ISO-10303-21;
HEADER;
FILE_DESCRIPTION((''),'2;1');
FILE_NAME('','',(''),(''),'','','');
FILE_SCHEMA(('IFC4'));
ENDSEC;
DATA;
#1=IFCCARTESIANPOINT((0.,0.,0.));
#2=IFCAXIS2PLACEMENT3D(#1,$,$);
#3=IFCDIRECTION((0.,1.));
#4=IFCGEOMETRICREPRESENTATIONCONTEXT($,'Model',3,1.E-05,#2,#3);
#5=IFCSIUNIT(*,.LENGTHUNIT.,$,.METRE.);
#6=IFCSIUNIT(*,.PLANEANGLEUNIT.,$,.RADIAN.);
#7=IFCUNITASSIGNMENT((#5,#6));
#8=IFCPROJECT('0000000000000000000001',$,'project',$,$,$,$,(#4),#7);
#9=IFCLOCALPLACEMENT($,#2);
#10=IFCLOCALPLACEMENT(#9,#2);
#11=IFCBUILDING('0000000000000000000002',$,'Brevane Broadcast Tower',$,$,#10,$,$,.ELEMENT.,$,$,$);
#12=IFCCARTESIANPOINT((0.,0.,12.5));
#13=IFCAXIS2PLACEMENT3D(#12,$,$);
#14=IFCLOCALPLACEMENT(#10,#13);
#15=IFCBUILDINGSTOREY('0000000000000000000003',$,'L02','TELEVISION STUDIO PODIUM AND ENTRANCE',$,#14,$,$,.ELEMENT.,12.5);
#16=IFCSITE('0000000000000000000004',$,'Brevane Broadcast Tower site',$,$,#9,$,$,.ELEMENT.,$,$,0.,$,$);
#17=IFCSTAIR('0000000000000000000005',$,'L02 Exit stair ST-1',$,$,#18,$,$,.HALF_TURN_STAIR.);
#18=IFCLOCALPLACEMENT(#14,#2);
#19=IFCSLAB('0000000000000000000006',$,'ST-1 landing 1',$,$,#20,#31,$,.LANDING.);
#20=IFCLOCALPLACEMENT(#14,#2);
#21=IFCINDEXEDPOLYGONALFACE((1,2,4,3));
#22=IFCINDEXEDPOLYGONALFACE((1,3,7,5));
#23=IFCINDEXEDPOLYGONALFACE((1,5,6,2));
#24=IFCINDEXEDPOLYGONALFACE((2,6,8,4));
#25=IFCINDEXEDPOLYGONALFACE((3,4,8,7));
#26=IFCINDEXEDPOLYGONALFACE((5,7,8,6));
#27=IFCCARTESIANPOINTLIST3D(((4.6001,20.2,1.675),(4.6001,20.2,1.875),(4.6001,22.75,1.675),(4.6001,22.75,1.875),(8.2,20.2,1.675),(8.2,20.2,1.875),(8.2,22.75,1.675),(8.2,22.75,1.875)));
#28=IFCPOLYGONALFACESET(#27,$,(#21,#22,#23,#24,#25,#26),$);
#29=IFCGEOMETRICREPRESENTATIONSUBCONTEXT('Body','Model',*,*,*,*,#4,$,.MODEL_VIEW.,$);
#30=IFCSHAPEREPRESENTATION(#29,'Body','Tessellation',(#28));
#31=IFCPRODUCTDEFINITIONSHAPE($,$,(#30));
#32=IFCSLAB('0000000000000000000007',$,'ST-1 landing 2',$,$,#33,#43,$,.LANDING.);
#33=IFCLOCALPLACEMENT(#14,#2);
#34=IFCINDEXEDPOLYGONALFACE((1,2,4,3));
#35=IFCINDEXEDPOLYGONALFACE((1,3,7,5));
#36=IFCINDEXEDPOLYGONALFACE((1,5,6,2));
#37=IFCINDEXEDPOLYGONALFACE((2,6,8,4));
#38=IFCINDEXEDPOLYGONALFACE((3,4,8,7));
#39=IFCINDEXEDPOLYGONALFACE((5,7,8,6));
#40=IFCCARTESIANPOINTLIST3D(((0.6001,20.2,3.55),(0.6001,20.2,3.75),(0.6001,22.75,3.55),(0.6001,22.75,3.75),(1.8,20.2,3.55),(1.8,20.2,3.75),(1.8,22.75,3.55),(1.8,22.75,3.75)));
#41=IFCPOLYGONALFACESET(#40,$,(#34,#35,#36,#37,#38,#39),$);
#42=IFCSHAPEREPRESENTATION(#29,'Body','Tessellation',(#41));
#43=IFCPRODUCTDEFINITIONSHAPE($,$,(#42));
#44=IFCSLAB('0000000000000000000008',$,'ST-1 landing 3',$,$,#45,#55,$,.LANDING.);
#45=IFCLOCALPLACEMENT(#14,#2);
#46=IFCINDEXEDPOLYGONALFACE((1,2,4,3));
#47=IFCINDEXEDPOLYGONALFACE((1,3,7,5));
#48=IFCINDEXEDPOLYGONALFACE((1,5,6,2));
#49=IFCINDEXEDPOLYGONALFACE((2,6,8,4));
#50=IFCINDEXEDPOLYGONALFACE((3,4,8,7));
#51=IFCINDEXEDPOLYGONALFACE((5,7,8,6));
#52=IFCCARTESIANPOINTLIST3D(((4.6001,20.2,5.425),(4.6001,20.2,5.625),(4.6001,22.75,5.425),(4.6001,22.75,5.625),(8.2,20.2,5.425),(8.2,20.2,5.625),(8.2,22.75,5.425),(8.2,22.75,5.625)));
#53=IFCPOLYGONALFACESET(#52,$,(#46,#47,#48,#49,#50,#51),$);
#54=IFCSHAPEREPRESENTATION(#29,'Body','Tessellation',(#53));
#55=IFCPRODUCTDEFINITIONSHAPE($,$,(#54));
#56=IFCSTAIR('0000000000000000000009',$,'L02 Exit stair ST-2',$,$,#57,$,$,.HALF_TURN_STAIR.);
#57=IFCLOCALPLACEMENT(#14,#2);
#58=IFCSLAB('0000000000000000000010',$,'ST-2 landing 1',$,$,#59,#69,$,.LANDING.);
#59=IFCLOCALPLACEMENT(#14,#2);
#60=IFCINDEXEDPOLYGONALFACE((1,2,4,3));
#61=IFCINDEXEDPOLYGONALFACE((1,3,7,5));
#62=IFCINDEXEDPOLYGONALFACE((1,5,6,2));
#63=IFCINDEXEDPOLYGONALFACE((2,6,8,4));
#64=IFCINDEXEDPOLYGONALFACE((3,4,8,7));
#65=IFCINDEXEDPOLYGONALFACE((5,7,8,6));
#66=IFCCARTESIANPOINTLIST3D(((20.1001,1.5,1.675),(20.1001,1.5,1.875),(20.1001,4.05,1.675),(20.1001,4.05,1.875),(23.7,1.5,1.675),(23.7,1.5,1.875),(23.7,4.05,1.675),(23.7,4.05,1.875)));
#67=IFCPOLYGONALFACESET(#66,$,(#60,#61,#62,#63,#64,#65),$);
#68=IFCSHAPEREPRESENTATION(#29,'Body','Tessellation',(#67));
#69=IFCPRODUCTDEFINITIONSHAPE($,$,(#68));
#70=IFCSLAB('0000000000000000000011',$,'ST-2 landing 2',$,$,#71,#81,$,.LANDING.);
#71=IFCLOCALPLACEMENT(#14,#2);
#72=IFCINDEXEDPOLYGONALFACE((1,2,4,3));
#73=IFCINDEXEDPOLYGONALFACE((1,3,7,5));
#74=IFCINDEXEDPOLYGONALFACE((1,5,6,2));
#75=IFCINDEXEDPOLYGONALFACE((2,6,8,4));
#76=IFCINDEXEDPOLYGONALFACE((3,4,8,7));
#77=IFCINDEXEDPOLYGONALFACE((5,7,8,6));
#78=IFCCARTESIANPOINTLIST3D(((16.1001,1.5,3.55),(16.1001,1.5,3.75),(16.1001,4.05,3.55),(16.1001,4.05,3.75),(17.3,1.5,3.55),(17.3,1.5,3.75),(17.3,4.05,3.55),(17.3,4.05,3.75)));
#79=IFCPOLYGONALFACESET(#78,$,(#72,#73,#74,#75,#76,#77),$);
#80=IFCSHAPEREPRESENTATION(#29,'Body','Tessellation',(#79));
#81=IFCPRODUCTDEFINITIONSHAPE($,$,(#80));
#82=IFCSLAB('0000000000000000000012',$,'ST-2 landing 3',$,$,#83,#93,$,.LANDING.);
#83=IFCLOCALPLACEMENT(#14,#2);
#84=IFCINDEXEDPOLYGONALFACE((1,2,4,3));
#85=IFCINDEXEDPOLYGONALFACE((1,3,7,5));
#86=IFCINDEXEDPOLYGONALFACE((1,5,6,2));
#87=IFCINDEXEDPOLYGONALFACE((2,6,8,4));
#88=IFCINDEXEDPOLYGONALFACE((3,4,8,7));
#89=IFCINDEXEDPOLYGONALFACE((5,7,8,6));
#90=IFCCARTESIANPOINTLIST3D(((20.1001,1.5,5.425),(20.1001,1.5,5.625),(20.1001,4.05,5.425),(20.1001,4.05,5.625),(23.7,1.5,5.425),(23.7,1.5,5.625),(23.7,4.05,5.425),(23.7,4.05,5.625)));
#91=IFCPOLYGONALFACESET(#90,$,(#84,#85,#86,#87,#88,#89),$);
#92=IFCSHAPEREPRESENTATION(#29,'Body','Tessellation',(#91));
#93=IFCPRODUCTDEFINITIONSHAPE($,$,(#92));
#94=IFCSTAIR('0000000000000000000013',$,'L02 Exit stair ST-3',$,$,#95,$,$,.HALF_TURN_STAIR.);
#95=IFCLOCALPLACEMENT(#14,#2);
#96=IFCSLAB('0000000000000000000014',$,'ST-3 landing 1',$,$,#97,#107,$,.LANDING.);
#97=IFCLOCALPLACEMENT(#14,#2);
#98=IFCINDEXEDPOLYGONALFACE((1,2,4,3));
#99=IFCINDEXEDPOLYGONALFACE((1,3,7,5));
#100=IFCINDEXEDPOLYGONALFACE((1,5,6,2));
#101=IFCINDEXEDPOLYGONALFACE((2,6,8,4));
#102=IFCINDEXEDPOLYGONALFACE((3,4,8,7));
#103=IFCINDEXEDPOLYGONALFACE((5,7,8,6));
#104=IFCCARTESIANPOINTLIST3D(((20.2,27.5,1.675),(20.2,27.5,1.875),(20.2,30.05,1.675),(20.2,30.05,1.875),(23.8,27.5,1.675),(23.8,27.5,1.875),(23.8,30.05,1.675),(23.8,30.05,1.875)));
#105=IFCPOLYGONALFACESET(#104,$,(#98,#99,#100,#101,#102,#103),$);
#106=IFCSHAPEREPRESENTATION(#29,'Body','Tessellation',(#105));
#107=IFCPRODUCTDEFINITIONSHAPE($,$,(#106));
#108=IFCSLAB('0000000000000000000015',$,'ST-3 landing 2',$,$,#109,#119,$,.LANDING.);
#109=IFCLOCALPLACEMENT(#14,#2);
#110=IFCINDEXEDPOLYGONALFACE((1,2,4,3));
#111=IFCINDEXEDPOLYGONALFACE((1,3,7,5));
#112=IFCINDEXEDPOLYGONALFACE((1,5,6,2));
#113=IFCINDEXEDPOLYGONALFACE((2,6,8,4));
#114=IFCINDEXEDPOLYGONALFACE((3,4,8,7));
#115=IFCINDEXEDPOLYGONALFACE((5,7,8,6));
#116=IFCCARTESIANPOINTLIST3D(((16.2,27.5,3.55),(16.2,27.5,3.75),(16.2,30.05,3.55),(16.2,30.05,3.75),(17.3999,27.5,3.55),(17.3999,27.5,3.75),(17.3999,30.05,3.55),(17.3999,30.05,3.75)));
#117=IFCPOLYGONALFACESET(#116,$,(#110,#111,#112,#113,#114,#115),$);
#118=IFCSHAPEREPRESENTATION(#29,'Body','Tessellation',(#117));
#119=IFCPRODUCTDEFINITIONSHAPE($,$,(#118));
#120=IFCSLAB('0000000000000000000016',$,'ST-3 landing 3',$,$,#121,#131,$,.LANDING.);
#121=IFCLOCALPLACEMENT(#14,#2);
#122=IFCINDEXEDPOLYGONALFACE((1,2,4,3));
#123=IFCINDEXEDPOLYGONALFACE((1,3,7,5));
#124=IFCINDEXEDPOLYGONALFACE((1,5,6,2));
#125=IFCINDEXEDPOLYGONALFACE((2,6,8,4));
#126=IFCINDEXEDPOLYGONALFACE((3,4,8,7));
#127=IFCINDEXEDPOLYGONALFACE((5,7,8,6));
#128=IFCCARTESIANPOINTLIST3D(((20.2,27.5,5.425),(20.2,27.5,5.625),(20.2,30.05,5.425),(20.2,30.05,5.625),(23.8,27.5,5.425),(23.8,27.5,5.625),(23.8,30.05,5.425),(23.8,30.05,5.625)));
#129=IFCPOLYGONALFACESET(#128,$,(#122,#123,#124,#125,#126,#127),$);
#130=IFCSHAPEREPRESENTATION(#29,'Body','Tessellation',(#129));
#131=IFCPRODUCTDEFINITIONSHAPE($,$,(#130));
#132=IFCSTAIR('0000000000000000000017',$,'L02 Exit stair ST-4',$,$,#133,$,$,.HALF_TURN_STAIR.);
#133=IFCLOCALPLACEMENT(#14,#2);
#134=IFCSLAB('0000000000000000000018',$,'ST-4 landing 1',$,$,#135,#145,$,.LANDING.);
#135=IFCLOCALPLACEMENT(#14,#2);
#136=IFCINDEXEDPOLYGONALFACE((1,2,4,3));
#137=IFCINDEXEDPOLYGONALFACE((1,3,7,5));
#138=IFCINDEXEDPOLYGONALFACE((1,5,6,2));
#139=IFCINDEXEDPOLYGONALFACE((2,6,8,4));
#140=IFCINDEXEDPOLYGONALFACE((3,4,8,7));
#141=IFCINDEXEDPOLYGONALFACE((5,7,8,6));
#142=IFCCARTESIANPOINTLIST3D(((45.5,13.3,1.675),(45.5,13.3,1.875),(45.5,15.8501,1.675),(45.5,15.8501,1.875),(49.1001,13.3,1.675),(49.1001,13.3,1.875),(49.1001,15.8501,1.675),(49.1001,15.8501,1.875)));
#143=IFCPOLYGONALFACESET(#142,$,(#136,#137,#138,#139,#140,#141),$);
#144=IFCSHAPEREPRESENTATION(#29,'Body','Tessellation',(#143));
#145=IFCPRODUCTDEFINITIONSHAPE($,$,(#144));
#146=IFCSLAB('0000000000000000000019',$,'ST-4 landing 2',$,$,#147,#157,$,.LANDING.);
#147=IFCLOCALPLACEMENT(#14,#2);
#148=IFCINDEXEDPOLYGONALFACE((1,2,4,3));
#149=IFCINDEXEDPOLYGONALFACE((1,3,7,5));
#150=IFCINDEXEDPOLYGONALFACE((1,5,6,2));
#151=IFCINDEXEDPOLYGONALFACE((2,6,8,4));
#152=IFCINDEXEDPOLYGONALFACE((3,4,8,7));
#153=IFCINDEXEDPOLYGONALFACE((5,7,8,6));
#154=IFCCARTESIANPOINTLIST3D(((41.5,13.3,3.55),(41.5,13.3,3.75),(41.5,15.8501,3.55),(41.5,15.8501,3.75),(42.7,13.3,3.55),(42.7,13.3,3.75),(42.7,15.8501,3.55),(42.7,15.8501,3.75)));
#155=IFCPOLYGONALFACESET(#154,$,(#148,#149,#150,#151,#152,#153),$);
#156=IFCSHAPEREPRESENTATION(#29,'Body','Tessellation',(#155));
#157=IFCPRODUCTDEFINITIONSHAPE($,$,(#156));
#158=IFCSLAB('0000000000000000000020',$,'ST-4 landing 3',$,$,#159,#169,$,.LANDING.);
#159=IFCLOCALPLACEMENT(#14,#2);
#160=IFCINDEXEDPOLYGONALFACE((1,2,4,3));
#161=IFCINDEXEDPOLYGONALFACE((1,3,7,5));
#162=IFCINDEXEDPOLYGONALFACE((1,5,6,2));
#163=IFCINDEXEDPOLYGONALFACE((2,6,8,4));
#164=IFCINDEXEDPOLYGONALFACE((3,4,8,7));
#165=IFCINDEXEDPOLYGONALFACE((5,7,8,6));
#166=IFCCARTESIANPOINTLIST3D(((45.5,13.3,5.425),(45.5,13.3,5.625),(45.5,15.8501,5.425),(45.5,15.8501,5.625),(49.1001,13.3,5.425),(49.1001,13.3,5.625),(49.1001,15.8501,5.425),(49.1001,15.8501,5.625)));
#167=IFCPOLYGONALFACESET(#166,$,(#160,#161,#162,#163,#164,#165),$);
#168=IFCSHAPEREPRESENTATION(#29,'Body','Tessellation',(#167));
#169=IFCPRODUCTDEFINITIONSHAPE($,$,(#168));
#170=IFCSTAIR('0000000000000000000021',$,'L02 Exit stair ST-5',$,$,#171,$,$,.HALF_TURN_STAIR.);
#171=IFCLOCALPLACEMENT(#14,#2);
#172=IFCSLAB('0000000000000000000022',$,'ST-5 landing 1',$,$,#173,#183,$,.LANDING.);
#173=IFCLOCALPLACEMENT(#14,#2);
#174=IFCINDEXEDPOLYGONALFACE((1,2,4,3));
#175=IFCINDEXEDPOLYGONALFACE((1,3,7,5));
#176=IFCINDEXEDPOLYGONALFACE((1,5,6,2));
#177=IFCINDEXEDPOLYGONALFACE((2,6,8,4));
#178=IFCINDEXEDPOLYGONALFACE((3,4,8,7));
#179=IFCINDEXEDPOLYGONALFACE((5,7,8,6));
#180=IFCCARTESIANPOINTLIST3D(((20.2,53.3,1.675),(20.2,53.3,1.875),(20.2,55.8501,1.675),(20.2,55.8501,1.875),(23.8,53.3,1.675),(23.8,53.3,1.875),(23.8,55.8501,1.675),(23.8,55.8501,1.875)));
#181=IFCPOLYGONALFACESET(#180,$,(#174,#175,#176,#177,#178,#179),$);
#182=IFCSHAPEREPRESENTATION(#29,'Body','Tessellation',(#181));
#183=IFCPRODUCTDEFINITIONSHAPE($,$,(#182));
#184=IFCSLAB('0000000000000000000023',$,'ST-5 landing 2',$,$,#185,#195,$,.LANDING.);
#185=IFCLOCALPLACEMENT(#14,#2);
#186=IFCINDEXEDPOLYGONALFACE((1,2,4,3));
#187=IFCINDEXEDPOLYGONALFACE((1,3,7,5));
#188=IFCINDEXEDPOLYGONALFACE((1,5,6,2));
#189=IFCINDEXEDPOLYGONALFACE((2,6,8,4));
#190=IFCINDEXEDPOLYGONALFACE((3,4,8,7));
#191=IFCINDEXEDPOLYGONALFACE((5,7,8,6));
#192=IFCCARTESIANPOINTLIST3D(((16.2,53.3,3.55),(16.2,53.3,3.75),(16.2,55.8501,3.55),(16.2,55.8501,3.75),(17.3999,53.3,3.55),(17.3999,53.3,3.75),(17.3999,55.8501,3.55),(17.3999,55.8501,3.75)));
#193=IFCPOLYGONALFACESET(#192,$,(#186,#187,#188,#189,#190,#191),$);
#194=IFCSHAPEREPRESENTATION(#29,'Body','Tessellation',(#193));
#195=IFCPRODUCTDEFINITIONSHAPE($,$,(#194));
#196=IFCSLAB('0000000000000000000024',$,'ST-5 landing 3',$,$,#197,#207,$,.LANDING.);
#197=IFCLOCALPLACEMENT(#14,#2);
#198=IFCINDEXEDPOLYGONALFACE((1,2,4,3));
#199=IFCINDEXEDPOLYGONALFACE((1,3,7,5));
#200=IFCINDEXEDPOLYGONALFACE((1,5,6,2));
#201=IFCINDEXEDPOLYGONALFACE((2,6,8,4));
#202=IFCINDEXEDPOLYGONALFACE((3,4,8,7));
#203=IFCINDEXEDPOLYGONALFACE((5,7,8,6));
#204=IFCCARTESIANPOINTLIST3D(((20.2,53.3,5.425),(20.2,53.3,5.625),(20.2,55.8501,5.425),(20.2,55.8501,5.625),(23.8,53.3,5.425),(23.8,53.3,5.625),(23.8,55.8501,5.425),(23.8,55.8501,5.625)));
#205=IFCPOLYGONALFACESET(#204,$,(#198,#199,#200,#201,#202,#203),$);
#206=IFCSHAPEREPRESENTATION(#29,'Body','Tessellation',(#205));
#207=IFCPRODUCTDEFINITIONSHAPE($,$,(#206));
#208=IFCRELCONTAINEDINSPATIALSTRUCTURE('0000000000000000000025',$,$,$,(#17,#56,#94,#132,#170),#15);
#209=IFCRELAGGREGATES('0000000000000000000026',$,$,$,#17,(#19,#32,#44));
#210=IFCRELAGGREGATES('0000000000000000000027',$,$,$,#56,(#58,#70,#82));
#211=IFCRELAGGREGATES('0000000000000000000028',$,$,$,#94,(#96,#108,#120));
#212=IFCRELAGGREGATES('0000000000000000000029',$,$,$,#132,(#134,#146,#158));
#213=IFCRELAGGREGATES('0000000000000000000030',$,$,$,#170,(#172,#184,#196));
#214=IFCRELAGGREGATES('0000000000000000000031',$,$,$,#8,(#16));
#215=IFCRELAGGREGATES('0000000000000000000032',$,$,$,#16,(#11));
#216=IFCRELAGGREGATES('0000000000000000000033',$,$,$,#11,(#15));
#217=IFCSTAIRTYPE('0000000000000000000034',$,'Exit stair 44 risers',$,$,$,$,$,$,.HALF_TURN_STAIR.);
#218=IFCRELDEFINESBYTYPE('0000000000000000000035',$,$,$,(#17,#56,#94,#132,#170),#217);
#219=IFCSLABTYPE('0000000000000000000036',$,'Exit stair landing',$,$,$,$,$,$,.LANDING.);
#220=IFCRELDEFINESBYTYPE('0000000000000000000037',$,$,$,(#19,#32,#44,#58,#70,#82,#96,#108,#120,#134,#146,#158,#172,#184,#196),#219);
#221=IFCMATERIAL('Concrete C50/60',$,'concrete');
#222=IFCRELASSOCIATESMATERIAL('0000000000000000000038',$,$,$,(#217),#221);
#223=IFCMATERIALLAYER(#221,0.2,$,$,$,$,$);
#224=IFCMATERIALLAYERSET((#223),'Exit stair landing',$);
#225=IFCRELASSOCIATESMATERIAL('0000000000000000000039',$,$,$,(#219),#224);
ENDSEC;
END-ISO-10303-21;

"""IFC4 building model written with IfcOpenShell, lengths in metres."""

from ifc_helpers import new_model, si_unit, direction, frame, origin, place, context, subcontext, project, spatial, polyline, outline, extrude, material, layer, layer_set, type_object, element, aggregate, save


model = new_model("IFC4")

# Units and contexts
model_context = context("Model", 3, precision=1e-05, world=origin(), true_north=direction((0.0, 1.0)))
body_context = subcontext(model_context, "Body", "Model", "MODEL_VIEW")
ifc_project = project(units=[si_unit("LENGTHUNIT", "METRE"), si_unit("PLANEANGLEUNIT", "RADIAN")], contexts=[model_context])

# Site, building, storey
site_placement = place(None, origin())
site = spatial("IfcSite", under=ifc_project, at=site_placement, Name="Brevane Broadcast Tower site", CompositionType="ELEMENT", RefElevation=0.0)
building_placement = place(site_placement, origin())
building = spatial("IfcBuilding", under=site, at=building_placement, Name="Brevane Broadcast Tower", CompositionType="ELEMENT")
storey_placement = place(building_placement, frame((0.0, 0.0, 12.5)))
storey = spatial("IfcBuildingStorey", under=building, at=storey_placement, Name="L02", Description="TELEVISION STUDIO PODIUM AND ENTRANCE", CompositionType="ELEMENT", Elevation=12.5)

# Stairs, slabs
ifc_material_1 = material(Name="Concrete C50/60", Category="concrete")
stair_type = type_object("IfcStairType", Name="Exit stair 44 risers", PredefinedType="HALF_TURN_STAIR", material=ifc_material_1)
stair_1_placement = place(storey_placement, origin())
stair_1 = element("IfcStair", 1, at=stair_1_placement, inside=storey, type_object=stair_type, Name="L02 Exit stair ST-1", PredefinedType="HALF_TURN_STAIR")
ifc_layer_1 = layer(ifc_material_1, 0.2)
ifc_layer_set_1 = layer_set([ifc_layer_1], Name="Exit stair landing")
slab_type_1 = type_object("IfcSlabType", Name="Exit stair landing", PredefinedType="LANDING", material=ifc_layer_set_1)
slab_1_placement = place(storey_placement, frame((0.0, 0.0, 1.675)))
slab_1 = element("IfcSlab", 2, at=slab_1_placement, type_object=slab_type_1, Name="ST-1 landing 1", PredefinedType="LANDING", context=body_context, shape_type="SweptSolid", body=[
    extrude(outline(polyline([(4.6001, 20.2), (8.2, 20.2), (8.2, 22.75), (4.6001, 22.75), (4.6001, 20.2)])), origin(), (0.0, 0.0, 1.0), 0.2),
])
slab_2_placement = place(storey_placement, frame((0.0, 0.0, 3.55)))
slab_2 = element("IfcSlab", 3, at=slab_2_placement, type_object=slab_type_1, Name="ST-1 landing 2", PredefinedType="LANDING", context=body_context, shape_type="SweptSolid", body=[
    extrude(outline(polyline([(0.6001, 20.2), (1.8, 20.2), (1.8, 22.75), (0.6001, 22.75), (0.6001, 20.2)])), origin(), (0.0, 0.0, 1.0), 0.2),
])
slab_3_placement = place(storey_placement, frame((0.0, 0.0, 5.425)))
slab_3 = element("IfcSlab", 4, at=slab_3_placement, type_object=slab_type_1, Name="ST-1 landing 3", PredefinedType="LANDING", context=body_context, shape_type="SweptSolid", body=[
    extrude(outline(polyline([(4.6001, 20.2), (8.2, 20.2), (8.2, 22.75), (4.6001, 22.75), (4.6001, 20.2)])), origin(), (0.0, 0.0, 1.0), 0.2),
])
aggregate(stair_1, [slab_1, slab_2, slab_3])
stair_2_placement = place(storey_placement, origin())
stair_2 = element("IfcStair", 5, at=stair_2_placement, inside=storey, type_object=stair_type, Name="L02 Exit stair ST-2", PredefinedType="HALF_TURN_STAIR")
slab_4_placement = place(storey_placement, frame((0.0, 0.0, 1.675)))
slab_4 = element("IfcSlab", 6, at=slab_4_placement, type_object=slab_type_1, Name="ST-2 landing 1", PredefinedType="LANDING", context=body_context, shape_type="SweptSolid", body=[
    extrude(outline(polyline([(20.1001, 1.5), (23.7, 1.5), (23.7, 4.05), (20.1001, 4.05), (20.1001, 1.5)])), origin(), (0.0, 0.0, 1.0), 0.2),
])
slab_5_placement = place(storey_placement, frame((0.0, 0.0, 3.55)))
slab_5 = element("IfcSlab", 7, at=slab_5_placement, type_object=slab_type_1, Name="ST-2 landing 2", PredefinedType="LANDING", context=body_context, shape_type="SweptSolid", body=[
    extrude(outline(polyline([(16.1001, 1.5), (17.3, 1.5), (17.3, 4.05), (16.1001, 4.05), (16.1001, 1.5)])), origin(), (0.0, 0.0, 1.0), 0.2),
])
slab_6_placement = place(storey_placement, frame((0.0, 0.0, 5.425)))
slab_6 = element("IfcSlab", 8, at=slab_6_placement, type_object=slab_type_1, Name="ST-2 landing 3", PredefinedType="LANDING", context=body_context, shape_type="SweptSolid", body=[
    extrude(outline(polyline([(20.1001, 1.5), (23.7, 1.5), (23.7, 4.05), (20.1001, 4.05), (20.1001, 1.5)])), origin(), (0.0, 0.0, 1.0), 0.2),
])
aggregate(stair_2, [slab_4, slab_5, slab_6])
stair_3_placement = place(storey_placement, origin())
stair_3 = element("IfcStair", 9, at=stair_3_placement, inside=storey, type_object=stair_type, Name="L02 Exit stair ST-3", PredefinedType="HALF_TURN_STAIR")
slab_7_placement = place(storey_placement, frame((0.0, 0.0, 1.675)))
slab_7 = element("IfcSlab", 10, at=slab_7_placement, type_object=slab_type_1, Name="ST-3 landing 1", PredefinedType="LANDING", context=body_context, shape_type="SweptSolid", body=[
    extrude(outline(polyline([(20.2, 27.5), (23.8, 27.5), (23.8, 30.05), (20.2, 30.05), (20.2, 27.5)])), origin(), (0.0, 0.0, 1.0), 0.2),
])
slab_8_placement = place(storey_placement, frame((0.0, 0.0, 3.55)))
slab_8 = element("IfcSlab", 11, at=slab_8_placement, type_object=slab_type_1, Name="ST-3 landing 2", PredefinedType="LANDING", context=body_context, shape_type="SweptSolid", body=[
    extrude(outline(polyline([(16.2, 27.5), (17.3999, 27.5), (17.3999, 30.05), (16.2, 30.05), (16.2, 27.5)])), origin(), (0.0, 0.0, 1.0), 0.2),
])
slab_9_placement = place(storey_placement, frame((0.0, 0.0, 5.425)))
slab_9 = element("IfcSlab", 12, at=slab_9_placement, type_object=slab_type_1, Name="ST-3 landing 3", PredefinedType="LANDING", context=body_context, shape_type="SweptSolid", body=[
    extrude(outline(polyline([(20.2, 27.5), (23.8, 27.5), (23.8, 30.05), (20.2, 30.05), (20.2, 27.5)])), origin(), (0.0, 0.0, 1.0), 0.2),
])
aggregate(stair_3, [slab_7, slab_8, slab_9])
stair_4_placement = place(storey_placement, origin())
stair_4 = element("IfcStair", 13, at=stair_4_placement, inside=storey, type_object=stair_type, Name="L02 Exit stair ST-4", PredefinedType="HALF_TURN_STAIR")
slab_10_placement = place(storey_placement, frame((0.0, 0.0, 1.675)))
slab_10 = element("IfcSlab", 14, at=slab_10_placement, type_object=slab_type_1, Name="ST-4 landing 1", PredefinedType="LANDING", context=body_context, shape_type="SweptSolid", body=[
    extrude(outline(polyline([(45.5, 13.3), (49.1001, 13.3), (49.1001, 15.8501), (45.5, 15.8501), (45.5, 13.3)])), origin(), (0.0, 0.0, 1.0), 0.2),
])
slab_11_placement = place(storey_placement, frame((0.0, 0.0, 3.55)))
slab_11 = element("IfcSlab", 15, at=slab_11_placement, type_object=slab_type_1, Name="ST-4 landing 2", PredefinedType="LANDING", context=body_context, shape_type="SweptSolid", body=[
    extrude(outline(polyline([(41.5, 13.3), (42.7, 13.3), (42.7, 15.8501), (41.5, 15.8501), (41.5, 13.3)])), origin(), (0.0, 0.0, 1.0), 0.2),
])
slab_12_placement = place(storey_placement, frame((0.0, 0.0, 5.425)))
slab_12 = element("IfcSlab", 16, at=slab_12_placement, type_object=slab_type_1, Name="ST-4 landing 3", PredefinedType="LANDING", context=body_context, shape_type="SweptSolid", body=[
    extrude(outline(polyline([(45.5, 13.3), (49.1001, 13.3), (49.1001, 15.8501), (45.5, 15.8501), (45.5, 13.3)])), origin(), (0.0, 0.0, 1.0), 0.2),
])
aggregate(stair_4, [slab_10, slab_11, slab_12])
stair_5_placement = place(storey_placement, origin())
stair_5 = element("IfcStair", 17, at=stair_5_placement, inside=storey, type_object=stair_type, Name="L02 Exit stair ST-5", PredefinedType="HALF_TURN_STAIR")
slab_13_placement = place(storey_placement, frame((0.0, 0.0, 1.675)))
slab_13 = element("IfcSlab", 18, at=slab_13_placement, type_object=slab_type_1, Name="ST-5 landing 1", PredefinedType="LANDING", context=body_context, shape_type="SweptSolid", body=[
    extrude(outline(polyline([(20.2, 53.3), (23.8, 53.3), (23.8, 55.8501), (20.2, 55.8501), (20.2, 53.3)])), origin(), (0.0, 0.0, 1.0), 0.2),
])
slab_14_placement = place(storey_placement, frame((0.0, 0.0, 3.55)))
slab_14 = element("IfcSlab", 19, at=slab_14_placement, type_object=slab_type_1, Name="ST-5 landing 2", PredefinedType="LANDING", context=body_context, shape_type="SweptSolid", body=[
    extrude(outline(polyline([(16.2, 53.3), (17.3999, 53.3), (17.3999, 55.8501), (16.2, 55.8501), (16.2, 53.3)])), origin(), (0.0, 0.0, 1.0), 0.2),
])
slab_15_placement = place(storey_placement, frame((0.0, 0.0, 5.425)))
slab_15 = element("IfcSlab", 20, at=slab_15_placement, type_object=slab_type_1, Name="ST-5 landing 3", PredefinedType="LANDING", context=body_context, shape_type="SweptSolid", body=[
    extrude(outline(polyline([(20.2, 53.3), (23.8, 53.3), (23.8, 55.8501), (20.2, 55.8501), (20.2, 53.3)])), origin(), (0.0, 0.0, 1.0), 0.2),
])
aggregate(stair_5, [slab_13, slab_14, slab_15])

save(model, "model.ifc")
